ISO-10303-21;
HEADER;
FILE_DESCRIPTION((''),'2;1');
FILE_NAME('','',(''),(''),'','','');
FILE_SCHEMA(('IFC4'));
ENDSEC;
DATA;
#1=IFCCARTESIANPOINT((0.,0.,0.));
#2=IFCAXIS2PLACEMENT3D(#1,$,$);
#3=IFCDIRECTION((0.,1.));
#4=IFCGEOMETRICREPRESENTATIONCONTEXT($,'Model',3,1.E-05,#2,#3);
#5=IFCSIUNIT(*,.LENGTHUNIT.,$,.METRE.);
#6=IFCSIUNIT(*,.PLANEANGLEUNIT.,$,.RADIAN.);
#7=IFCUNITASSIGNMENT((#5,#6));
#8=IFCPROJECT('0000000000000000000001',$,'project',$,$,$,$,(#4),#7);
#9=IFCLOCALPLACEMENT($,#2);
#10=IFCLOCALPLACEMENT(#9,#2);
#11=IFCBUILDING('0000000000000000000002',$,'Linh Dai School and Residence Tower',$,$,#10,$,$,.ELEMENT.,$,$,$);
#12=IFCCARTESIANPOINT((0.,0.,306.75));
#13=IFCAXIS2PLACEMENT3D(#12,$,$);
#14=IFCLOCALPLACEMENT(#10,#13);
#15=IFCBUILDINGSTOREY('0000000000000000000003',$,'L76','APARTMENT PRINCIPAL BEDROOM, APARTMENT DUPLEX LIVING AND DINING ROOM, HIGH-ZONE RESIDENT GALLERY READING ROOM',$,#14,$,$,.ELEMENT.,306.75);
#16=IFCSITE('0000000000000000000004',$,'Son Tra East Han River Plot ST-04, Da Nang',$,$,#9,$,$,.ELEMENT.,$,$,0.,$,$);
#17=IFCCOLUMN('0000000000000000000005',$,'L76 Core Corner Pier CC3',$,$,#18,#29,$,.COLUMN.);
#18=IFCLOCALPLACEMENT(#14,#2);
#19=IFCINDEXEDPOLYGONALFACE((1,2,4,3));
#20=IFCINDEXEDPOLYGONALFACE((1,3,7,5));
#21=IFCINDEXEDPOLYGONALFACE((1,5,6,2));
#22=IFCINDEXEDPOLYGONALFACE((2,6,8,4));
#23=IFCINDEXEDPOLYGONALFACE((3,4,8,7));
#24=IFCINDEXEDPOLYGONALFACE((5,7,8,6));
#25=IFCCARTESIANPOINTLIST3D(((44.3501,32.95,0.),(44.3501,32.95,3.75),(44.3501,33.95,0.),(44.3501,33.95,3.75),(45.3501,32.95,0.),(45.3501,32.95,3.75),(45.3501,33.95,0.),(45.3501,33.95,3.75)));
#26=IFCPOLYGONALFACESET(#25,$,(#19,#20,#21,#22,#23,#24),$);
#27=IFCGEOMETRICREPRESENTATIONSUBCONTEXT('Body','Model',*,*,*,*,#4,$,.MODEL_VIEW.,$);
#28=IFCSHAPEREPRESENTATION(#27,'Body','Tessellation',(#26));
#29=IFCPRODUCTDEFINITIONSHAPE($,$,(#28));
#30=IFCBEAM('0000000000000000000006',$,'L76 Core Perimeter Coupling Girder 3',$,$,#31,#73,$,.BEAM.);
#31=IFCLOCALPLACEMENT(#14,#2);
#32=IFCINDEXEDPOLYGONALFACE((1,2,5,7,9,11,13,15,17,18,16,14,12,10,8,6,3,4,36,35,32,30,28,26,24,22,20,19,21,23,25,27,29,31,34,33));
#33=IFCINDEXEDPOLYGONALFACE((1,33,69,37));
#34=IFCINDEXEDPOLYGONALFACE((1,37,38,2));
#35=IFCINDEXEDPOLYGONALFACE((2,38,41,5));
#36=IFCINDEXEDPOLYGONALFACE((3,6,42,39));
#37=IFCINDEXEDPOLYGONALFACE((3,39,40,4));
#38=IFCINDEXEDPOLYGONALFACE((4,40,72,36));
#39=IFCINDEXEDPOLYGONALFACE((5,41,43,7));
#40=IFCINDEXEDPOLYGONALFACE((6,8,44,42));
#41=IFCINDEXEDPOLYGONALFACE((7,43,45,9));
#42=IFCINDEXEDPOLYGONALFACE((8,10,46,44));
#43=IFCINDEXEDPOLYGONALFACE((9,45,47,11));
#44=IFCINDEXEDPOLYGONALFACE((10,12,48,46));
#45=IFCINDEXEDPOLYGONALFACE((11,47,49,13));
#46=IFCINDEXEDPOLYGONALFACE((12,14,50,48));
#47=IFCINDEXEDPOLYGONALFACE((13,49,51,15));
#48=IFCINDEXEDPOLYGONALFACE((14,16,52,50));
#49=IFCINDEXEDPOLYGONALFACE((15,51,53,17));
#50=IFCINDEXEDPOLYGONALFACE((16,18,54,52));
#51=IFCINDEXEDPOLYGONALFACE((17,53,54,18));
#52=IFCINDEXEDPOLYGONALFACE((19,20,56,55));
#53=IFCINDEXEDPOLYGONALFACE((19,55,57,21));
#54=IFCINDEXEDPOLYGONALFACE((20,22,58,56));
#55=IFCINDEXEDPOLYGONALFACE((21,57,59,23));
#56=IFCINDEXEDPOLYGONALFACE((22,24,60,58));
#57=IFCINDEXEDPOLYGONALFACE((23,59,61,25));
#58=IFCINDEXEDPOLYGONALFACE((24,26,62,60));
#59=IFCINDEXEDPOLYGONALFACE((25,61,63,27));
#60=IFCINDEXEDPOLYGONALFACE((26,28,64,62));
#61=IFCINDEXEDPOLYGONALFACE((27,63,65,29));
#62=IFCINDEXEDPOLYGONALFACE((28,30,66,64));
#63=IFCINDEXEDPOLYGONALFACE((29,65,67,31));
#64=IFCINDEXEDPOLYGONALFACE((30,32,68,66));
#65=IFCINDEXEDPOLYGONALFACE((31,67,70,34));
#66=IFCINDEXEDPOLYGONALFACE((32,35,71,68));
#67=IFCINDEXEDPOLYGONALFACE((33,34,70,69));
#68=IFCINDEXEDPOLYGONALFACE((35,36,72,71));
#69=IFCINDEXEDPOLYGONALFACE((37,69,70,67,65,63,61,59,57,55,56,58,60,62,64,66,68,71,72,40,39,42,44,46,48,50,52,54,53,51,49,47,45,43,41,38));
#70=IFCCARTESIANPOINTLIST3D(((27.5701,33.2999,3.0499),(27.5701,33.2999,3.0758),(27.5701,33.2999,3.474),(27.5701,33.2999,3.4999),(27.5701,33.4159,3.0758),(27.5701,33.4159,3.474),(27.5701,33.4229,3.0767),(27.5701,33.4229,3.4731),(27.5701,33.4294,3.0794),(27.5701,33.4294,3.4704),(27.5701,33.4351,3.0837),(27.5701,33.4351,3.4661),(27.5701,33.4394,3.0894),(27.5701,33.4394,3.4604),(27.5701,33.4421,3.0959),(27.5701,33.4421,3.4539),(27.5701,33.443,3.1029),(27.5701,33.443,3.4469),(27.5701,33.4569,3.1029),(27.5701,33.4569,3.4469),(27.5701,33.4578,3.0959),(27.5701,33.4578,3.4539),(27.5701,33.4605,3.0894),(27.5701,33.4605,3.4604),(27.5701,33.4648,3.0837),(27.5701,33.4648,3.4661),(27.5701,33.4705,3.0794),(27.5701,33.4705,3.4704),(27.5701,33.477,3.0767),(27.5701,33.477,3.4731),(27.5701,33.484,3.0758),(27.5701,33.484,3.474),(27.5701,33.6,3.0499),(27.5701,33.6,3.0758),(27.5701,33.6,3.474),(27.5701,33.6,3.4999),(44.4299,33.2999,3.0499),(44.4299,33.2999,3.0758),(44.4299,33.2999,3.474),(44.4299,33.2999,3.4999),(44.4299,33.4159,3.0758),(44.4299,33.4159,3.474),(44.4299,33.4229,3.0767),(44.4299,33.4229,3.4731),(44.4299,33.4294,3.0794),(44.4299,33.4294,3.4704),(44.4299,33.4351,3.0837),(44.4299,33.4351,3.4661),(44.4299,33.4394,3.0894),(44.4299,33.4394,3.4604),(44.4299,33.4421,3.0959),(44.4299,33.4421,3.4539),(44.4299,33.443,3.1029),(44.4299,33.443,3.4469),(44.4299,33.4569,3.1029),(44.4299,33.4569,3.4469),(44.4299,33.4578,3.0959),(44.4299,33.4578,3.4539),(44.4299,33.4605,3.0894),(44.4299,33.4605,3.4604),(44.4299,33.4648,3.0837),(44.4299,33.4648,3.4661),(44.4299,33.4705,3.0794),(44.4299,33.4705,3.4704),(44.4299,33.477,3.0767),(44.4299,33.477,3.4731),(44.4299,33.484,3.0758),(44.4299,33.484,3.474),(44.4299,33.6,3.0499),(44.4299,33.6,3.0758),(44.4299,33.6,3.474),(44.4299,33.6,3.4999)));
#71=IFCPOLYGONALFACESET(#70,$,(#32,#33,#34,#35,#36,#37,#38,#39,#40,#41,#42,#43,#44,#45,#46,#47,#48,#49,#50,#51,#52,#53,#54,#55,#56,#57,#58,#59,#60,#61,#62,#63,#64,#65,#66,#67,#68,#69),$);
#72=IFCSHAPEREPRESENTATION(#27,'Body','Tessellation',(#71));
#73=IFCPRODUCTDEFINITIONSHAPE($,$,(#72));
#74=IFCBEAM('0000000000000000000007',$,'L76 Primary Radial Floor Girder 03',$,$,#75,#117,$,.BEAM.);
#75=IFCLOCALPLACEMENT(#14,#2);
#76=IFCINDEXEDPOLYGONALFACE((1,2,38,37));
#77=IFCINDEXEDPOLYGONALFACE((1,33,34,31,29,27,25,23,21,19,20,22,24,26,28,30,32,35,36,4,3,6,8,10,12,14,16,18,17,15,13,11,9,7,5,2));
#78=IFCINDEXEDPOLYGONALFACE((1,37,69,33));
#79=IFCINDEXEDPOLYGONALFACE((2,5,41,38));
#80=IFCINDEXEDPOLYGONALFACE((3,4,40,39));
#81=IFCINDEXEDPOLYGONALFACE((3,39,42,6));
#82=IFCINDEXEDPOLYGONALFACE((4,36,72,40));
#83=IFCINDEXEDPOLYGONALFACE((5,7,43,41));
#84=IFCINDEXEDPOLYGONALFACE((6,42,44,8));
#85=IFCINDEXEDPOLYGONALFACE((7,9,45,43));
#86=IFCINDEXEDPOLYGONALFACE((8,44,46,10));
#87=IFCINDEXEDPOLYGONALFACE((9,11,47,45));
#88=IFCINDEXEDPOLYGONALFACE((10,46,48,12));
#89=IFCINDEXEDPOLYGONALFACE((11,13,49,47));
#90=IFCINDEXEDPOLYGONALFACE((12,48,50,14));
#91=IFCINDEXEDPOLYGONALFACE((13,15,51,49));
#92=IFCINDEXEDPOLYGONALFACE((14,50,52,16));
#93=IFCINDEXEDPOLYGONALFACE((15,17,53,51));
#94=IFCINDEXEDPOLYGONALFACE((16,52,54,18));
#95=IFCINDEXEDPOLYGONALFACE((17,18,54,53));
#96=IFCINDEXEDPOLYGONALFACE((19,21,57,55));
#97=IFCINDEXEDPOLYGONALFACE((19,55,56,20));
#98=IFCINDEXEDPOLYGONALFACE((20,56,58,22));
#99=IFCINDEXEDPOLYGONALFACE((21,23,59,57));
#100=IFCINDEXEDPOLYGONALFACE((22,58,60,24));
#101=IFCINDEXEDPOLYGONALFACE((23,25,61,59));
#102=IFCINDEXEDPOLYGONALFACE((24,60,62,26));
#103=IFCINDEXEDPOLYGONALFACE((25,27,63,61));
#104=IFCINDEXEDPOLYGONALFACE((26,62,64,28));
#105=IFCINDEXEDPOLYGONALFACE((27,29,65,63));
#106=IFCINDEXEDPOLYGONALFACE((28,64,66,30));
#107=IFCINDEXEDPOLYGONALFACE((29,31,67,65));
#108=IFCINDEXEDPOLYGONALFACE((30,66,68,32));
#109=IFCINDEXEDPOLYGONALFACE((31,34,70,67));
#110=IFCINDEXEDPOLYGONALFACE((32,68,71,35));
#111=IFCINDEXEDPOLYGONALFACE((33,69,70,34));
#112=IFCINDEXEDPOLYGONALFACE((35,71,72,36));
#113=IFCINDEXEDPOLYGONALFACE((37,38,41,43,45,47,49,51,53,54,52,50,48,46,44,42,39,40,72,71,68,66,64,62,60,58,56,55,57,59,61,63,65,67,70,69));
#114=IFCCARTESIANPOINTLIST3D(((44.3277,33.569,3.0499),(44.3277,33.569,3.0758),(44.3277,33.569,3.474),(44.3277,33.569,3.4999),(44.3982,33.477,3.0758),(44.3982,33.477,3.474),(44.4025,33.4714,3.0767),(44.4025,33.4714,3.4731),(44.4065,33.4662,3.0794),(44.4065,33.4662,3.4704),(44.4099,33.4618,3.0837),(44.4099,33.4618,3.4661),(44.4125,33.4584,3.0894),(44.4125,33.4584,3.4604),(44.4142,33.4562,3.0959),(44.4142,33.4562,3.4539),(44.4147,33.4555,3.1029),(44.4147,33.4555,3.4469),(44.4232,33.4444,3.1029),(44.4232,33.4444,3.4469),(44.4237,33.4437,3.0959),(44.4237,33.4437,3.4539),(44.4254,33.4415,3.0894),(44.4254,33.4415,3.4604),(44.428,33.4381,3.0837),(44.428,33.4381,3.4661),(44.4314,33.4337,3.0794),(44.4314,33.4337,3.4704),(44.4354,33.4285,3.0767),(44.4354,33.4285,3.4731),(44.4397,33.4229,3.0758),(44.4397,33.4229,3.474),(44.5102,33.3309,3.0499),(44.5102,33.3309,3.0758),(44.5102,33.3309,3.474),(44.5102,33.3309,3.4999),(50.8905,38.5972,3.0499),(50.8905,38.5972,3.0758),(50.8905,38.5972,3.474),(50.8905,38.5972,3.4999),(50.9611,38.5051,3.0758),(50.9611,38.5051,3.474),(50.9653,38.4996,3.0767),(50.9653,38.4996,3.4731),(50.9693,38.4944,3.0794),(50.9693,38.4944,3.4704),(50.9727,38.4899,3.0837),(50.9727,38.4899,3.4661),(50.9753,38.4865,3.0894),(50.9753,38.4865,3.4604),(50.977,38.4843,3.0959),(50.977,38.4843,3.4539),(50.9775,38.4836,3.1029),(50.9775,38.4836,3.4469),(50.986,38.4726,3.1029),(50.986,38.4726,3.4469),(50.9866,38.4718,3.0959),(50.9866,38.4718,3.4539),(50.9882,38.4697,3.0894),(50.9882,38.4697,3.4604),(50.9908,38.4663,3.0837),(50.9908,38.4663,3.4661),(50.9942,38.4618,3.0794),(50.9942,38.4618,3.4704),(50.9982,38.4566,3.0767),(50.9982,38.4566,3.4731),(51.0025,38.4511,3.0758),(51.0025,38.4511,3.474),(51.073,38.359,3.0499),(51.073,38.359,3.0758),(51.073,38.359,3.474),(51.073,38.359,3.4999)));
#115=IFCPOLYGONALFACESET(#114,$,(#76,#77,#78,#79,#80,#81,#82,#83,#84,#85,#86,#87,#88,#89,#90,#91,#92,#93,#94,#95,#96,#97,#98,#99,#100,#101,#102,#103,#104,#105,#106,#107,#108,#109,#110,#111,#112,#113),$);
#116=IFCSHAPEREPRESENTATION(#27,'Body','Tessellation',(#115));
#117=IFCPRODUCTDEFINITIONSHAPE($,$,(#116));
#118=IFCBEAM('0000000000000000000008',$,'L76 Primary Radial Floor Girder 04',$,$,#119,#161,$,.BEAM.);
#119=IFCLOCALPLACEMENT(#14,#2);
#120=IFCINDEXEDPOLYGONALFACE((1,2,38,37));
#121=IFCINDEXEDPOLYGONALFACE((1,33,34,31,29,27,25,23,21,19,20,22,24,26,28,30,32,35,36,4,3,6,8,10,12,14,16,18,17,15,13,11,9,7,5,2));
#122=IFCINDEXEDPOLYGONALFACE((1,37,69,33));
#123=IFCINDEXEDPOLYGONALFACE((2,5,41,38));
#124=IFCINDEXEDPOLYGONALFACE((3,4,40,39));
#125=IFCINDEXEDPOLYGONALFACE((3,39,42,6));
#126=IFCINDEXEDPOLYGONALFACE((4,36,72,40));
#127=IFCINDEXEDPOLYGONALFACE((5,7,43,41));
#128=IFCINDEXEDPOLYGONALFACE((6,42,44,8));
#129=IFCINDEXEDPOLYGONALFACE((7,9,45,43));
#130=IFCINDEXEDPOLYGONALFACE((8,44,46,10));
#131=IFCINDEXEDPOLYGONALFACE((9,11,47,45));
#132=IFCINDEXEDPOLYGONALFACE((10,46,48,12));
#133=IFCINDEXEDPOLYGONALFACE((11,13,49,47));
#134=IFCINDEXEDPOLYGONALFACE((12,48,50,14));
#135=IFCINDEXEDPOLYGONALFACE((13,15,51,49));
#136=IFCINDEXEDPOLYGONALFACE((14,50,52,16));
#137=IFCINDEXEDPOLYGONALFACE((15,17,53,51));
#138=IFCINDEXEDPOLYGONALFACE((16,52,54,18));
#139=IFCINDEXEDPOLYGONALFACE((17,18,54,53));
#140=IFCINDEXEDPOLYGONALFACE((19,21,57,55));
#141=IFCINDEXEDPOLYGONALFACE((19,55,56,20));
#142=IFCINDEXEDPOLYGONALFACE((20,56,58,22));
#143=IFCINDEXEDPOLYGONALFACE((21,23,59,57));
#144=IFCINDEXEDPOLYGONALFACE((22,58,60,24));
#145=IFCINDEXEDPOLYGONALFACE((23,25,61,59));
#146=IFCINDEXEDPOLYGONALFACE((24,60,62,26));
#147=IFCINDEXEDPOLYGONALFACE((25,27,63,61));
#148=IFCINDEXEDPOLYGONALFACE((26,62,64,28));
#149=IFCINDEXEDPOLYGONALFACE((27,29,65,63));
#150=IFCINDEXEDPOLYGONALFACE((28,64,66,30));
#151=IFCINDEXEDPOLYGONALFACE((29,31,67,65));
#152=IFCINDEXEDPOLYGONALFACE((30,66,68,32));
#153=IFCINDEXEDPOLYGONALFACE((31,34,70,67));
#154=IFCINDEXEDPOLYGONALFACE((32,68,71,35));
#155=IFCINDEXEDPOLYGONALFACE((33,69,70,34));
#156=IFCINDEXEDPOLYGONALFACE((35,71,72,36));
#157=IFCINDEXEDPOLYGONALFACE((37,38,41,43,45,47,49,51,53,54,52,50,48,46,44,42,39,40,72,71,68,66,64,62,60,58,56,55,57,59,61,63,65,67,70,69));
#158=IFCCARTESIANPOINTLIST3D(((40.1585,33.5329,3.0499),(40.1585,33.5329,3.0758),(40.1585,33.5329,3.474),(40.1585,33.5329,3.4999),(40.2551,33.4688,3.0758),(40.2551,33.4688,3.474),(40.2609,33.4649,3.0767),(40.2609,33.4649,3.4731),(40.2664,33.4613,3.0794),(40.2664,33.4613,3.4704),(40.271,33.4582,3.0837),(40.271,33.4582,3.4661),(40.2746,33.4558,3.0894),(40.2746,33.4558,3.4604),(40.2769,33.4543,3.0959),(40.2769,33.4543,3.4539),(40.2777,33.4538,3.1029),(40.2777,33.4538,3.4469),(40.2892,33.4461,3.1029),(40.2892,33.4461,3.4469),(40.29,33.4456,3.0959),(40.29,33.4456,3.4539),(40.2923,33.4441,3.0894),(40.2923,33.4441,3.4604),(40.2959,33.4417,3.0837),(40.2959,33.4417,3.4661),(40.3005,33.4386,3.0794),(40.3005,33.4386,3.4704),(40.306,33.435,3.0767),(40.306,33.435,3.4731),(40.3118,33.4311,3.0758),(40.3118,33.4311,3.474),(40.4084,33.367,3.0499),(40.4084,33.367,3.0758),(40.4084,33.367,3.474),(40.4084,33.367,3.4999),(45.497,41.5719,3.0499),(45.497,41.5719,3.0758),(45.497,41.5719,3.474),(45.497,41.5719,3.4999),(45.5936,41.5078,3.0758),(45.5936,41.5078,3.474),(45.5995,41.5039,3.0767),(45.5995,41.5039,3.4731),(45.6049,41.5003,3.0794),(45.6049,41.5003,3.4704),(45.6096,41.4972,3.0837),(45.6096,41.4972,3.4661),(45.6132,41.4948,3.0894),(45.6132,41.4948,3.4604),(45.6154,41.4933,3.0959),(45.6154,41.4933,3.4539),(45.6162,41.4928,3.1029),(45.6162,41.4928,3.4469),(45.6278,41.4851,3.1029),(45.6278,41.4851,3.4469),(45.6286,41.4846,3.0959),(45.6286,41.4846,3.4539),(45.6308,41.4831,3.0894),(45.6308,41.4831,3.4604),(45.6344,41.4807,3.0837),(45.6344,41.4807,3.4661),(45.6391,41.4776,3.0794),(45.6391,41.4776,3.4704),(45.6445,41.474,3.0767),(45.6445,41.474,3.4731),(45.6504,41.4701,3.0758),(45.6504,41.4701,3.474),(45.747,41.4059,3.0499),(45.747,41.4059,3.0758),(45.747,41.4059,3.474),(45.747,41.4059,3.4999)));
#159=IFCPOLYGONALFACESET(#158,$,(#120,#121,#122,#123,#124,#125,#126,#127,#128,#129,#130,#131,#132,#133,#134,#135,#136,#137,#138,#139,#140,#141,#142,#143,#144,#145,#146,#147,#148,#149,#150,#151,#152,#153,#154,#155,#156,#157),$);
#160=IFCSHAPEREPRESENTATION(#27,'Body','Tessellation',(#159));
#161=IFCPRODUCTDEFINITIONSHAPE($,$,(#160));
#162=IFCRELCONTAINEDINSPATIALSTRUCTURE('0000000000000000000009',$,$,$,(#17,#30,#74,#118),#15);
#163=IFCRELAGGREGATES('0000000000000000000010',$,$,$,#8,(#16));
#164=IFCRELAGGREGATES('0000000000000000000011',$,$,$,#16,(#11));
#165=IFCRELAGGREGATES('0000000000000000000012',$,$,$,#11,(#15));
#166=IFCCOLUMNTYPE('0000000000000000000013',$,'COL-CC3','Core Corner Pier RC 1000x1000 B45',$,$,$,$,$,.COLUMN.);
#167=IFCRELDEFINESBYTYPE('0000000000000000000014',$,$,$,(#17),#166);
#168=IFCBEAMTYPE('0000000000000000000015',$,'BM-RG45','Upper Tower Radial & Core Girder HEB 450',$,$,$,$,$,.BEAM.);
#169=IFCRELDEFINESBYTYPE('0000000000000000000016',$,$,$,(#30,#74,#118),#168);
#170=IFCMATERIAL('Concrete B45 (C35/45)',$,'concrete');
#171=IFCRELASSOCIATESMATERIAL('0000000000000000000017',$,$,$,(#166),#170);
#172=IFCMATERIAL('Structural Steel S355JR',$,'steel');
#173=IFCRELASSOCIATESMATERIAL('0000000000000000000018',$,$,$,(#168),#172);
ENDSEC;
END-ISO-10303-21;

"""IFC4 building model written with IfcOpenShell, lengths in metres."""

from ifc_helpers import new_model, si_unit, direction, frame, origin, origin_2d, place, context, subcontext, project, spatial, rectangle, i_section, extrude, material, material_profile, profile_set, type_object, element, save


model = new_model("IFC4")

# Units and contexts
model_context = context("Model", 3, precision=1e-05, world=origin(), true_north=direction((0.0, 1.0)))
body_context = subcontext(model_context, "Body", "Model", "MODEL_VIEW")
ifc_project = project(units=[si_unit("LENGTHUNIT", "METRE"), si_unit("PLANEANGLEUNIT", "RADIAN")], contexts=[model_context])

# Site, building, storey
site_placement = place(None, origin())
site = spatial("IfcSite", under=ifc_project, at=site_placement, Name="Son Tra East Han River Plot ST-04, Da Nang", CompositionType="ELEMENT", RefElevation=0.0)
building_placement = place(site_placement, origin())
building = spatial("IfcBuilding", under=site, at=building_placement, Name="Linh Dai School and Residence Tower", CompositionType="ELEMENT")
storey_placement = place(building_placement, frame((0.0, 0.0, 306.75)))
storey = spatial("IfcBuildingStorey", under=building, at=storey_placement, Name="L76", Description="APARTMENT PRINCIPAL BEDROOM, APARTMENT DUPLEX LIVING AND DINING ROOM, HIGH-ZONE RESIDENT GALLERY READING ROOM", CompositionType="ELEMENT", Elevation=306.75)

# Column
ifc_material_1 = material(Name="Concrete B45 (C35/45)", Category="concrete")
ifc_material_profile_1 = material_profile(ifc_material_1, rectangle(XDim=1.0, YDim=1.0, at=origin_2d()), Name="RC 1000x1000")
ifc_profile_set_1 = profile_set([ifc_material_profile_1], Name="Concrete B45 (C35/45)")
column_type = type_object("IfcColumnType", Name="COL-CC3", Description="Core Corner Pier RC 1000x1000 B45", PredefinedType="COLUMN", material=ifc_profile_set_1)
column_placement = place(storey_placement, frame((44.8501, 33.45, 0.0), z_axis=(0.0, 0.0, 1.0), x_axis=(1.0, 0.0, 0.0)))
element("IfcColumn", 1, at=column_placement, inside=storey, type_object=column_type, Name="L76 Core Corner Pier CC3", PredefinedType="COLUMN", context=body_context, shape_type="SweptSolid", body=[
    extrude(rectangle(XDim=1.0, YDim=1.0, at=origin_2d()), origin(), (0.0, 0.0, 1.0), 3.75),
])

# Beams
ifc_material_2 = material(Name="Structural Steel S355JR", Category="steel")
ifc_material_profile_2 = material_profile(ifc_material_2, i_section(OverallWidth=0.3, OverallDepth=0.45, WebThickness=0.0139, FlangeThickness=0.0259, FilletRadius=0.0271, at=origin_2d()), Name="HEB 450")
ifc_profile_set_2 = profile_set([ifc_material_profile_2], Name="Structural Steel S355JR")
beam_type_1 = type_object("IfcBeamType", Name="BM-RG45", Description="Upper Tower Radial & Core Girder HEB 450", PredefinedType="BEAM", material=ifc_profile_set_2)
beam_1_placement = place(storey_placement, frame((44.4299, 33.45, 3.2749), z_axis=(-1.0, 0.0, 0.0), x_axis=(0.0, -1.0, 0.0)))
element("IfcBeam", 2, at=beam_1_placement, inside=storey, type_object=beam_type_1, Name="L76 Core Perimeter Coupling Girder 3", PredefinedType="BEAM", context=body_context, shape_type="SweptSolid", body=[
    extrude(i_section(OverallWidth=0.3, OverallDepth=0.45, WebThickness=0.0139, FlangeThickness=0.0259, FilletRadius=0.0271, at=origin_2d()), origin(), (0.0, 0.0, 1.0), 16.8599),
])
beam_2_placement = place(storey_placement, frame((44.4189, 33.45, 3.2749), z_axis=(0.793803, 0.608175, 0.0), x_axis=(-0.608175, 0.793803, 0.0)))
element("IfcBeam", 3, at=beam_2_placement, inside=storey, type_object=beam_type_1, Name="L76 Primary Radial Floor Girder 03", PredefinedType="BEAM", context=body_context, shape_type="SweptSolid", body=[
    extrude(i_section(OverallWidth=0.3, OverallDepth=0.45, WebThickness=0.0139, FlangeThickness=0.0259, FilletRadius=0.0271, at=origin_2d()), origin(), (0.0, 0.0, 1.0), 8.2676),
])
beam_3_placement = place(storey_placement, frame((40.2834, 33.45, 3.2749), z_axis=(0.553211, 0.833041, 0.0), x_axis=(-0.833041, 0.553211, 0.0)))
element("IfcBeam", 4, at=beam_3_placement, inside=storey, type_object=beam_type_1, Name="L76 Primary Radial Floor Girder 04", PredefinedType="BEAM", context=body_context, shape_type="SweptSolid", body=[
    extrude(i_section(OverallWidth=0.3, OverallDepth=0.45, WebThickness=0.0139, FlangeThickness=0.0259, FilletRadius=0.0271, at=origin_2d()), origin(), (0.0, 0.0, 1.0), 9.6501),
])

save(model, "model.ifc")
